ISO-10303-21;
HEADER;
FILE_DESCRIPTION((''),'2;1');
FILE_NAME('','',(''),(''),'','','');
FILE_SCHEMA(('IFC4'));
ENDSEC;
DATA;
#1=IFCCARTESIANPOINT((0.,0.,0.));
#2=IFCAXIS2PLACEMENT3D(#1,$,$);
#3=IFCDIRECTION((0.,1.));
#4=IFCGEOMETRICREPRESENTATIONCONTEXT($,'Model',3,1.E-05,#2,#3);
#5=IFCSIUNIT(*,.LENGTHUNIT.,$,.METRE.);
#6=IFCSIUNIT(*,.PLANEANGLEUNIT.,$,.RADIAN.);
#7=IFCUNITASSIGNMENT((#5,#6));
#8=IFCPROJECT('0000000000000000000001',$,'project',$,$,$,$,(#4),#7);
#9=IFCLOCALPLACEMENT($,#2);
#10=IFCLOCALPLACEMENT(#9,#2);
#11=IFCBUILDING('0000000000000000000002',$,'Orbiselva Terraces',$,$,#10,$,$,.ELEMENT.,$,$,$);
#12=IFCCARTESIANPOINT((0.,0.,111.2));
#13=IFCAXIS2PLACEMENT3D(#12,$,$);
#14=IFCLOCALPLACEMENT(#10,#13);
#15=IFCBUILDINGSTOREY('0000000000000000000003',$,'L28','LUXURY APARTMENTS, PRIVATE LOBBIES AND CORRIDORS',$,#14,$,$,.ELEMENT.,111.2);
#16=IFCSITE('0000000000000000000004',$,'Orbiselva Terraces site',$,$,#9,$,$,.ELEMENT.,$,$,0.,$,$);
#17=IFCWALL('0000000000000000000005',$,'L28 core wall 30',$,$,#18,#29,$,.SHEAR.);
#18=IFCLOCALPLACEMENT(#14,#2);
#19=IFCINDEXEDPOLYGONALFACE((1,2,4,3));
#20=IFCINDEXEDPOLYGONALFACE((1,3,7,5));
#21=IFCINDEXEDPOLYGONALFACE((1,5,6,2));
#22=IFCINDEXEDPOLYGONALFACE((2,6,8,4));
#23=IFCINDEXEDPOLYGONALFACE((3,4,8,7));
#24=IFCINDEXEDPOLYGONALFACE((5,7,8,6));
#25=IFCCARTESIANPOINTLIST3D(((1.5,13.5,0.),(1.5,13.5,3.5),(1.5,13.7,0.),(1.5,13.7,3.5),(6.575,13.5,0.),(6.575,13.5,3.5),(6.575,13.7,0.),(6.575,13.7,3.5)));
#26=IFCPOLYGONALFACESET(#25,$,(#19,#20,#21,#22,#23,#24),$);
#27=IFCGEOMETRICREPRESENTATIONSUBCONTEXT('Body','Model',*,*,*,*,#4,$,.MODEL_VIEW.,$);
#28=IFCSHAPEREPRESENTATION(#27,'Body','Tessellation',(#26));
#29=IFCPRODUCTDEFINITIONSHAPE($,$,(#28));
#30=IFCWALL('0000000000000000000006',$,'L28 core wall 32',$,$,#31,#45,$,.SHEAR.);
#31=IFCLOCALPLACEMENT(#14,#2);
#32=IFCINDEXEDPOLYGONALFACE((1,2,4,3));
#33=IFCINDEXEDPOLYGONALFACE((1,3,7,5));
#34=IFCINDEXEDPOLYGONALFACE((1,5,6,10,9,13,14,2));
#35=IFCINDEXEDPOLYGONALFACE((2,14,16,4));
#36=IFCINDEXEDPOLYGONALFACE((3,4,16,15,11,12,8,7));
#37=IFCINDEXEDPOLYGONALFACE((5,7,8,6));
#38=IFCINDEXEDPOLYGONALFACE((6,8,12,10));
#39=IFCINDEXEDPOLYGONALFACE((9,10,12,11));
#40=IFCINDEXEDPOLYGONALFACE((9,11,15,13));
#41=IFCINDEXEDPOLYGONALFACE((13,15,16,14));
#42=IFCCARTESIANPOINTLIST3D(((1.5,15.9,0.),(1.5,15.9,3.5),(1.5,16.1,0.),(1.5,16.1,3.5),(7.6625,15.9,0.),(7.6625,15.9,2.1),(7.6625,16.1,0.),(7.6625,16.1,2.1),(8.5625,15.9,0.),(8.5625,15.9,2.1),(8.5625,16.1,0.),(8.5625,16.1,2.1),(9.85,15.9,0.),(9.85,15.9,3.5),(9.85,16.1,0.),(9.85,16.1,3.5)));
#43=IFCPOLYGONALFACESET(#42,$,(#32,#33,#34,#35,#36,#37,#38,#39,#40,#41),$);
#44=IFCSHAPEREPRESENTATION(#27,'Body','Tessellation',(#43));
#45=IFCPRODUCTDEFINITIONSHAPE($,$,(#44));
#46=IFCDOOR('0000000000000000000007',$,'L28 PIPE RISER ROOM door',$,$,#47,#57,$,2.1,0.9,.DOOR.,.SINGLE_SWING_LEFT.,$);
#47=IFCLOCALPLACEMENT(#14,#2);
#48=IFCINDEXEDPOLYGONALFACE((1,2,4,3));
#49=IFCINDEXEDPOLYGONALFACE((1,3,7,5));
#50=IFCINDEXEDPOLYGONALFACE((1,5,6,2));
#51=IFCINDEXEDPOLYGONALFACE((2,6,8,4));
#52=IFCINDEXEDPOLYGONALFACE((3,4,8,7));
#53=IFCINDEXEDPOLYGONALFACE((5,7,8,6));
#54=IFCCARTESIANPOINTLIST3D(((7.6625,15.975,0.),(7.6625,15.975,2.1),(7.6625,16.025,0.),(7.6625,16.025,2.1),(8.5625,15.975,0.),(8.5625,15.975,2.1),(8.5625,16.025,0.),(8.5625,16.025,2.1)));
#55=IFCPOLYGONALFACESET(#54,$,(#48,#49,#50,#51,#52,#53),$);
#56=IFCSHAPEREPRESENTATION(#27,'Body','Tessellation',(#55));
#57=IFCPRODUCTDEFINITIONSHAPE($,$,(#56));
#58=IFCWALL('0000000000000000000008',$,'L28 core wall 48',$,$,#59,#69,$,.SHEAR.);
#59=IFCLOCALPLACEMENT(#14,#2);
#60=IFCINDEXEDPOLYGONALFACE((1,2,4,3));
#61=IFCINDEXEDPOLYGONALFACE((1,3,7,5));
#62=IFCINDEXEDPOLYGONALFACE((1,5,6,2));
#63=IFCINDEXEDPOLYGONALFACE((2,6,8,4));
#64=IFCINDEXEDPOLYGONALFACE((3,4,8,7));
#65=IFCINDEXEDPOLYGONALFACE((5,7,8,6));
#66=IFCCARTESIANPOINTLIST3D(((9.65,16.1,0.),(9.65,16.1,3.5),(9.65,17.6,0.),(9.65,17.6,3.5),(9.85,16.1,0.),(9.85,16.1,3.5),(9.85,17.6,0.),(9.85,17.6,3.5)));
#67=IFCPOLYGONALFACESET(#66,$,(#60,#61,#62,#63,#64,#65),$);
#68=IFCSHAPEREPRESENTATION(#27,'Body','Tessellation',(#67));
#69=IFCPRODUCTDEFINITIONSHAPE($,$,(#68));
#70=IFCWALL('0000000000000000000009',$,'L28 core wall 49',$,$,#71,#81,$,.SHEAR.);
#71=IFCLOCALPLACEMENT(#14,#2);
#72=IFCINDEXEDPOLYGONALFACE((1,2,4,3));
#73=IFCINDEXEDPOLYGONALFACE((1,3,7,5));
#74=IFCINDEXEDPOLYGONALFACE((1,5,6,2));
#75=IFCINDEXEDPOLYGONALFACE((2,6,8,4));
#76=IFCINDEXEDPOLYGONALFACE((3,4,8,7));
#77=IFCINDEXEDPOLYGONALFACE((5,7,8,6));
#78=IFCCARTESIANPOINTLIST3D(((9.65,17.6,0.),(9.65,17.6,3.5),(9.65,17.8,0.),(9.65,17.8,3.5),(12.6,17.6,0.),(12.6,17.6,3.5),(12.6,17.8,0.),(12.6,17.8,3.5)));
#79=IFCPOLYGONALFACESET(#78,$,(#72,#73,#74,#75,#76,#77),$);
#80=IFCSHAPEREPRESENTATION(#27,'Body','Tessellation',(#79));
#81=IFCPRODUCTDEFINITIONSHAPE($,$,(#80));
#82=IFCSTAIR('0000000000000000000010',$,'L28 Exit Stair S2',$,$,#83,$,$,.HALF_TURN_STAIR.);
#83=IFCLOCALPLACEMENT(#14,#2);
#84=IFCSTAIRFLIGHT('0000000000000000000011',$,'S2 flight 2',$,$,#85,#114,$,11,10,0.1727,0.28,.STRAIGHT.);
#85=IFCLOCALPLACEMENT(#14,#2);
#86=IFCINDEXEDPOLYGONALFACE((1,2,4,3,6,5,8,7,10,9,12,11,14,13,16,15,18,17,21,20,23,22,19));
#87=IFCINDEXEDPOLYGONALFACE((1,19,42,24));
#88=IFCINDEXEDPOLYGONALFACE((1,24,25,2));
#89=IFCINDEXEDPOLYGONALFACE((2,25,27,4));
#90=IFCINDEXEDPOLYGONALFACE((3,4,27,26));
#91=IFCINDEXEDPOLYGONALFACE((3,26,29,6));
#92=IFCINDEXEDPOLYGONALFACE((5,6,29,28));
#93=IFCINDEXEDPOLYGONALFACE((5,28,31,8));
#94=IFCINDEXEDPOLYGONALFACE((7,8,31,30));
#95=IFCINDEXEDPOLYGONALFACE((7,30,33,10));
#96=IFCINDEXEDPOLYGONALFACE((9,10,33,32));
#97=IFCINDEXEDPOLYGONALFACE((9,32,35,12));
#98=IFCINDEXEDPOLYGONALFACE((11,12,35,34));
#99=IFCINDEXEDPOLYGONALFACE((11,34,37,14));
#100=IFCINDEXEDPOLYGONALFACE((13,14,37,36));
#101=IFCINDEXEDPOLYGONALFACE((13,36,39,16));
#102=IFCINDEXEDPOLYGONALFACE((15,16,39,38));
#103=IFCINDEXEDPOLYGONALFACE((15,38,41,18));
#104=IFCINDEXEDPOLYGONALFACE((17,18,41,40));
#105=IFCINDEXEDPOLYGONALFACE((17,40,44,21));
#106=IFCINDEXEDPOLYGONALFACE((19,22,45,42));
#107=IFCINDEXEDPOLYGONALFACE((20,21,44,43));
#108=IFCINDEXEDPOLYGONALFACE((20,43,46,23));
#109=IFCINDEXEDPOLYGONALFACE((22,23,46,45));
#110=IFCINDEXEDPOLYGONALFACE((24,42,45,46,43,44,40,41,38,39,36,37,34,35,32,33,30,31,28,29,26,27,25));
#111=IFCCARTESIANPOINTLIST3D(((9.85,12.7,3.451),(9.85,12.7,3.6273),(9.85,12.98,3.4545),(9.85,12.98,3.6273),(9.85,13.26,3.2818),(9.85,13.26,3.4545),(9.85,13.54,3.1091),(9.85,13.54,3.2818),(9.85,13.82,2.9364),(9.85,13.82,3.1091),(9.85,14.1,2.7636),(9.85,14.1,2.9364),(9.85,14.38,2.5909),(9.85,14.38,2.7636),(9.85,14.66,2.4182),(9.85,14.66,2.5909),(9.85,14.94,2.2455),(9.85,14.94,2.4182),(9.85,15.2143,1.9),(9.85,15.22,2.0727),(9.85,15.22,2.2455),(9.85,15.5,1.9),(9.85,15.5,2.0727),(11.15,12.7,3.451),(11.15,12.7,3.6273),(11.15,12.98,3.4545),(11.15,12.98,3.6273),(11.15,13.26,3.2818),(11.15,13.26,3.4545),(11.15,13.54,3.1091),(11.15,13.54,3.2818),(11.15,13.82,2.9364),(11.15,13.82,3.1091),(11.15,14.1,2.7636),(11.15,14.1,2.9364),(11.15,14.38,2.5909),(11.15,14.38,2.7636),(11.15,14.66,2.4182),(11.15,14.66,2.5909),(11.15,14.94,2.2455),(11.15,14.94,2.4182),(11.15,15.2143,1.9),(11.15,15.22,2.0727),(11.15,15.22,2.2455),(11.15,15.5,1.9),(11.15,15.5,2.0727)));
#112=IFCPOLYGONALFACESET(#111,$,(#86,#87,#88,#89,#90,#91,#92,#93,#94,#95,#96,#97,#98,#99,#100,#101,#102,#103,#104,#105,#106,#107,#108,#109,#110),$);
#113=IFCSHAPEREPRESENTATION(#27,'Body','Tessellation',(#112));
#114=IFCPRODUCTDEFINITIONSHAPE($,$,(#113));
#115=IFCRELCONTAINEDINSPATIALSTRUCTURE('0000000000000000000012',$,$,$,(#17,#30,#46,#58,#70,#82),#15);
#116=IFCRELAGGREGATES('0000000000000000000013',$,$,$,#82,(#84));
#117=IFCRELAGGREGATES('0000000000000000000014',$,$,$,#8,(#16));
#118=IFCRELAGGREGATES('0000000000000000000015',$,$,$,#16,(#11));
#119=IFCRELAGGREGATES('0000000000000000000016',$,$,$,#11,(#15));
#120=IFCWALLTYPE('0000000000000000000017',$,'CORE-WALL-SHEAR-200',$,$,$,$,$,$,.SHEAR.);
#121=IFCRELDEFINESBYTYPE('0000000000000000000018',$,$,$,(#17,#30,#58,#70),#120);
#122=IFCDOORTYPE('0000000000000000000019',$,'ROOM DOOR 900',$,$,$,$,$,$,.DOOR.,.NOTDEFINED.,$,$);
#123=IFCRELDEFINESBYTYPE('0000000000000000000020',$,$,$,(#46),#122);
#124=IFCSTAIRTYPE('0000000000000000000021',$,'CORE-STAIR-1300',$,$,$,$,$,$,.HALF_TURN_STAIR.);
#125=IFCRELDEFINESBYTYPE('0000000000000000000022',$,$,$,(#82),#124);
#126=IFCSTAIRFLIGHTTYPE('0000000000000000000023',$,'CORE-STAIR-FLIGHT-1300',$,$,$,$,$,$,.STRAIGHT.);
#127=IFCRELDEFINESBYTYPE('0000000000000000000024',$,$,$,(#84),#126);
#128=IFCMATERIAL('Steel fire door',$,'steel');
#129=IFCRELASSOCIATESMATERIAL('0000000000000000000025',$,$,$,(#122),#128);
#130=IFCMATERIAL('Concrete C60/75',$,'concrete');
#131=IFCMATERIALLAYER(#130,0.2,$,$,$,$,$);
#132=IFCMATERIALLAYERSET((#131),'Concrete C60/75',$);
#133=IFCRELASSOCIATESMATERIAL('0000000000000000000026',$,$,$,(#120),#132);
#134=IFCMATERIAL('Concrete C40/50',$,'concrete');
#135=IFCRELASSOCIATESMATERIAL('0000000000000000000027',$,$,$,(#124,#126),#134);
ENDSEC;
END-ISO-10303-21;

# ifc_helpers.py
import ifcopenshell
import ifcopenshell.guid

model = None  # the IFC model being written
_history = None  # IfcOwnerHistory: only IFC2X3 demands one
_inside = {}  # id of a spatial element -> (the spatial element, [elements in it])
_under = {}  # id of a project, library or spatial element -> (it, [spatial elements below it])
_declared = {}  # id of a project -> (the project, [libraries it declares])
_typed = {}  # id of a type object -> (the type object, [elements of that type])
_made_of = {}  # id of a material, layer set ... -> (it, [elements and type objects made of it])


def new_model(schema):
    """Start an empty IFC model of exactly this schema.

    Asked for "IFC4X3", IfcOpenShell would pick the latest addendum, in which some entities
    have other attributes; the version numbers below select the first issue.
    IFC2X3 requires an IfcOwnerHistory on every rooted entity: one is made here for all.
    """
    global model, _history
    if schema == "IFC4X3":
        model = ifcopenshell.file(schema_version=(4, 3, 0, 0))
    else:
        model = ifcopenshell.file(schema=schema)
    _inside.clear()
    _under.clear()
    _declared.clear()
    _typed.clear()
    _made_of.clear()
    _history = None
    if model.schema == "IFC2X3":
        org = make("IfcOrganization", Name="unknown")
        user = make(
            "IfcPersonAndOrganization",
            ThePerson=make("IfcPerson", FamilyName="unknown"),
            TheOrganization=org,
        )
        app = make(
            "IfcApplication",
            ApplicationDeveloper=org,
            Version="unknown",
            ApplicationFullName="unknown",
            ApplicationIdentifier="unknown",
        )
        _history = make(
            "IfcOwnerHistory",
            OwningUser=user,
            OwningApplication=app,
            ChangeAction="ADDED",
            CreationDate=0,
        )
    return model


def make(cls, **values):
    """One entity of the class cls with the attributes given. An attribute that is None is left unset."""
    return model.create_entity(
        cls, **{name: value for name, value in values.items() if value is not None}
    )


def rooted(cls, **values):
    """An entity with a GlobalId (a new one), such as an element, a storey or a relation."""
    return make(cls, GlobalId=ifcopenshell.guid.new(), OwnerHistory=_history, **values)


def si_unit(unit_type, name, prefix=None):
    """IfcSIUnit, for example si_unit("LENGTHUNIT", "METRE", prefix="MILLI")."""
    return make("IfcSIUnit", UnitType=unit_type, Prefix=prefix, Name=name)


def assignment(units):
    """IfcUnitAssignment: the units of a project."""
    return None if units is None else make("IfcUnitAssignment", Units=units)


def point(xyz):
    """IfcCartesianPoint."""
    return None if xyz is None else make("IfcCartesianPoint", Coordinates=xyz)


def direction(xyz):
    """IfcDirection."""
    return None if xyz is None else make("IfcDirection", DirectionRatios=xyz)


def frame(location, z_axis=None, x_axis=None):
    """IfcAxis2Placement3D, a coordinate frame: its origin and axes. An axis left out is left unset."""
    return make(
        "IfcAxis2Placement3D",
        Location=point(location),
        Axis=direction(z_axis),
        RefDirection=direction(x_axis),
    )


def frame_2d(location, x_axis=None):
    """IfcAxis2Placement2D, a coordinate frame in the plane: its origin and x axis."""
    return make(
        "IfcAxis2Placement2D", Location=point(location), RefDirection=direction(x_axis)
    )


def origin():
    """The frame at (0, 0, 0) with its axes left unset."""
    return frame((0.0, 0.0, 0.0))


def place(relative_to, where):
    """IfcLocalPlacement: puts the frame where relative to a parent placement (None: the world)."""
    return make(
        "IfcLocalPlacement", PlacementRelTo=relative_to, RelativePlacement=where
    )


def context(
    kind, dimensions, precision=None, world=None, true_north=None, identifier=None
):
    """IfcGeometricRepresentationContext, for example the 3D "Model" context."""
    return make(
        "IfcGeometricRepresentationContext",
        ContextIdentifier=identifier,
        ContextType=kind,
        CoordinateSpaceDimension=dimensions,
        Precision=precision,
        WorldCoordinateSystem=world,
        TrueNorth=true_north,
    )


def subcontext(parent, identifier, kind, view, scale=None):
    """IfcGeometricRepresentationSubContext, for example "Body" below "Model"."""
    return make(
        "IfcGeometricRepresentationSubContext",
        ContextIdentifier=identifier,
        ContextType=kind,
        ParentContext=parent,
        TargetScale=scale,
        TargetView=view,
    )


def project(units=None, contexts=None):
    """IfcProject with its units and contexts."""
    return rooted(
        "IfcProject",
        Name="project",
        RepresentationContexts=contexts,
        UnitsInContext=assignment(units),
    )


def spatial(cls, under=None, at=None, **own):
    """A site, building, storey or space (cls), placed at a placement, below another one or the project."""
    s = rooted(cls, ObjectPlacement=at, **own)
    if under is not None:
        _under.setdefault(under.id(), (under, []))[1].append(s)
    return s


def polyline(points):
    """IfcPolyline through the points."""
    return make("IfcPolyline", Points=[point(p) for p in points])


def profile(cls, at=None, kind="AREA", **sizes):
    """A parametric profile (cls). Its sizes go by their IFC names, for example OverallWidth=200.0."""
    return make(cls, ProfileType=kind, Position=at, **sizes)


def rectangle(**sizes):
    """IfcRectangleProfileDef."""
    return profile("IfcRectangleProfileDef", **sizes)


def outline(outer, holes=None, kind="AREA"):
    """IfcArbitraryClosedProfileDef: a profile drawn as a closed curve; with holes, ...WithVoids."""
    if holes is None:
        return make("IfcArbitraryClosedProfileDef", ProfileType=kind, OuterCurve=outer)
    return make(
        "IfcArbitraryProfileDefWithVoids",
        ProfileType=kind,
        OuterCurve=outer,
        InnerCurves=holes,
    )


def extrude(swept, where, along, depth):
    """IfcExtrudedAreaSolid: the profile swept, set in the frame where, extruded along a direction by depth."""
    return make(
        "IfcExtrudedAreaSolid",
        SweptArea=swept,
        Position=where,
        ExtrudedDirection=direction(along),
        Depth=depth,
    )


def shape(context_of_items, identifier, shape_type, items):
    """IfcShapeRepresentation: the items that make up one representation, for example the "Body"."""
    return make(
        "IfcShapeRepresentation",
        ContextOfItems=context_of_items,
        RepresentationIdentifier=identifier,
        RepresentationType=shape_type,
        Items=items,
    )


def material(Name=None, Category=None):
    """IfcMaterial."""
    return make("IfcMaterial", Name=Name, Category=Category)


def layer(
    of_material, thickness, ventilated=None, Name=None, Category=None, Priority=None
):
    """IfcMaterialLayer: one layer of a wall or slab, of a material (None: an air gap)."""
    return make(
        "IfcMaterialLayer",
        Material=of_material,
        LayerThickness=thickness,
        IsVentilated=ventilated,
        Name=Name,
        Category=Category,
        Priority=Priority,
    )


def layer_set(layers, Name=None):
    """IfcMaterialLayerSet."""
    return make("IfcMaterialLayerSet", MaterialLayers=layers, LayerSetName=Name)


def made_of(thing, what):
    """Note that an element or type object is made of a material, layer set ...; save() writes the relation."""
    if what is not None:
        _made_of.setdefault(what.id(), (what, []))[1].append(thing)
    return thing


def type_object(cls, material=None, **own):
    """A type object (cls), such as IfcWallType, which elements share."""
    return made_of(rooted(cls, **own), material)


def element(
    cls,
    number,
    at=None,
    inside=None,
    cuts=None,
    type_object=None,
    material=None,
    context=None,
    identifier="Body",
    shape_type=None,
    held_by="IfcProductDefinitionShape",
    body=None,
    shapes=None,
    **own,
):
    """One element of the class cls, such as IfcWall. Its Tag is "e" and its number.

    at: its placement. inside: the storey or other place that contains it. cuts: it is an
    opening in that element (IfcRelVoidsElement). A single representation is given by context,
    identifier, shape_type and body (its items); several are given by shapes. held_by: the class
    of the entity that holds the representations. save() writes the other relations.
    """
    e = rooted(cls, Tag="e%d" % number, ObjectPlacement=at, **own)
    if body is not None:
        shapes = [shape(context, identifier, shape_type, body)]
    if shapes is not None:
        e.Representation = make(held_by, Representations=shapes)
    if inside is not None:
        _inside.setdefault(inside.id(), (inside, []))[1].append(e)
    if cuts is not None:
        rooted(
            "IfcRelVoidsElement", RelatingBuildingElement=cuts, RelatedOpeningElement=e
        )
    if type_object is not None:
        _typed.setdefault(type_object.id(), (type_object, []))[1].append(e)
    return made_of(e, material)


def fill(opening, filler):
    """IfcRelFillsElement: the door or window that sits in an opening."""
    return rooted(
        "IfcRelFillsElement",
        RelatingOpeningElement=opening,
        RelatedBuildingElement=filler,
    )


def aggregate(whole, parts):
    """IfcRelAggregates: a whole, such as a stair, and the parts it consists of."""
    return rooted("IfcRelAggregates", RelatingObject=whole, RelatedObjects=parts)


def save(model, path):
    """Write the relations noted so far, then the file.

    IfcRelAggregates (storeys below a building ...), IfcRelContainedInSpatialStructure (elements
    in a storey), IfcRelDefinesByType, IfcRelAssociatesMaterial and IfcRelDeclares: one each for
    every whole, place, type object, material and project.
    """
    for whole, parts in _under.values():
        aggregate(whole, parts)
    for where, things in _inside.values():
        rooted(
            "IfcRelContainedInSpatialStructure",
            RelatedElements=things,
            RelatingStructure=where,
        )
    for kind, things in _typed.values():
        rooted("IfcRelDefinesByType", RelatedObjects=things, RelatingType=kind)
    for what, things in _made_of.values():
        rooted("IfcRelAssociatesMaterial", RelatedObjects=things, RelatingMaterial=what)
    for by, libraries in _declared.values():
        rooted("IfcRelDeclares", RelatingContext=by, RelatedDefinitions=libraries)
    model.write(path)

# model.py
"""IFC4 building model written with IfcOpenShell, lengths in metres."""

from ifc_helpers import new_model, si_unit, direction, frame, frame_2d, origin, place, context, subcontext, project, spatial, polyline, rectangle, outline, extrude, material, layer, layer_set, type_object, element, fill, aggregate, save


model = new_model("IFC4")

# Units and contexts
model_context = context("Model", 3, precision=1e-05, world=origin(), true_north=direction((0.0, 1.0)))
body_context = subcontext(model_context, "Body", "Model", "MODEL_VIEW")
ifc_project = project(units=[si_unit("LENGTHUNIT", "METRE"), si_unit("PLANEANGLEUNIT", "RADIAN")], contexts=[model_context])

# Site, building, storey
site_placement = place(None, origin())
site = spatial("IfcSite", under=ifc_project, at=site_placement, Name="Orbiselva Terraces site", CompositionType="ELEMENT", RefElevation=0.0)
building_placement = place(site_placement, origin())
building = spatial("IfcBuilding", under=site, at=building_placement, Name="Orbiselva Terraces", CompositionType="ELEMENT")
storey_placement = place(building_placement, frame((0.0, 0.0, 111.2)))
storey = spatial("IfcBuildingStorey", under=building, at=storey_placement, Name="L28", Description="LUXURY APARTMENTS, PRIVATE LOBBIES AND CORRIDORS", CompositionType="ELEMENT", Elevation=111.2)

# Shared definitions
ifc_material_1 = material(Name="Steel fire door", Category="steel")
door_type = type_object("IfcDoorType", Name="ROOM DOOR 900", OperationType="NOTDEFINED", PredefinedType="DOOR", material=ifc_material_1)

# Shared definitions
ifc_material_2 = material(Name="Concrete C40/50", Category="concrete")

# Shared definitions
ifc_material_3 = material(Name="Concrete C60/75", Category="concrete")
ifc_layer_1 = layer(ifc_material_3, 0.2)
ifc_layer_set_1 = layer_set([ifc_layer_1], Name="Concrete C60/75")
wall_type_1 = type_object("IfcWallType", Name="CORE-WALL-SHEAR-200", PredefinedType="SHEAR", material=ifc_layer_set_1)

# Wall
wall_1_placement = place(storey_placement, frame((1.5, 13.6, 0.0), z_axis=(0.0, 0.0, 1.0), x_axis=(1.0, 0.0, 0.0)))
element("IfcWall", 1, at=wall_1_placement, inside=storey, type_object=wall_type_1, Name="L28 core wall 30", PredefinedType="SHEAR", context=body_context, shape_type="SweptSolid", body=[
    extrude(rectangle(XDim=5.075, YDim=0.2, at=frame_2d((2.5375, 0.0))), origin(), (0.0, 0.0, 1.0), 3.5),
])

# Wall, opening, door
wall_2_placement = place(storey_placement, frame((9.85, 16.0, 0.0), z_axis=(0.0, 0.0, 1.0), x_axis=(-1.0, 0.0, 0.0)))
wall_2 = element("IfcWall", 2, at=wall_2_placement, inside=storey, type_object=wall_type_1, Name="L28 core wall 32", PredefinedType="SHEAR", context=body_context, shape_type="SweptSolid", body=[
    extrude(rectangle(XDim=8.35, YDim=0.2, at=frame_2d((4.175, 0.0))), origin(), (0.0, 0.0, 1.0), 3.5),
])
opening_1_placement = place(wall_2_placement, frame((1.2875, 0.0, 0.0)))
opening_1 = element("IfcOpeningElement", 3, at=opening_1_placement, cuts=wall_2, PredefinedType="OPENING", context=body_context, shape_type="SweptSolid", body=[
    extrude(rectangle(XDim=0.9, YDim=2.1, at=frame_2d((0.45, 1.05))), frame((0.0, 0.11, 0.0), z_axis=(0.0, -1.0, 0.0), x_axis=(1.0, 0.0, 0.0)), (0.0, 0.0, 1.0), 0.22),
])
door_1_placement = place(opening_1_placement, origin())
door_1 = element("IfcDoor", 4, at=door_1_placement, inside=storey, type_object=door_type, Name="L28 PIPE RISER ROOM door", OperationType="SINGLE_SWING_LEFT", OverallHeight=2.1, OverallWidth=0.9, PredefinedType="DOOR", context=body_context, shape_type="SweptSolid", body=[
    extrude(rectangle(XDim=0.9, YDim=2.1, at=frame_2d((0.45, 1.05))), frame((0.0, 0.025, 0.0), z_axis=(0.0, -1.0, 0.0), x_axis=(1.0, 0.0, 0.0)), (0.0, 0.0, 1.0), 0.05),
])
fill(opening_1, door_1)

# Walls
wall_3_placement = place(storey_placement, frame((9.75, 16.1, 0.0), z_axis=(0.0, 0.0, 1.0), x_axis=(0.0, 1.0, 0.0)))
element("IfcWall", 5, at=wall_3_placement, inside=storey, type_object=wall_type_1, Name="L28 core wall 48", PredefinedType="SHEAR", context=body_context, shape_type="SweptSolid", body=[
    extrude(rectangle(XDim=1.5, YDim=0.2, at=frame_2d((0.75, 0.0))), origin(), (0.0, 0.0, 1.0), 3.5),
])
wall_4_placement = place(storey_placement, frame((9.65, 17.7, 0.0), z_axis=(0.0, 0.0, 1.0), x_axis=(1.0, 0.0, 0.0)))
element("IfcWall", 6, at=wall_4_placement, inside=storey, type_object=wall_type_1, Name="L28 core wall 49", PredefinedType="SHEAR", context=body_context, shape_type="SweptSolid", body=[
    extrude(rectangle(XDim=2.95, YDim=0.2, at=frame_2d((1.475, 0.0))), origin(), (0.0, 0.0, 1.0), 3.5),
])

# Stair, stair flight
stair_type = type_object("IfcStairType", Name="CORE-STAIR-1300", PredefinedType="HALF_TURN_STAIR", material=ifc_material_2)
stair_placement = place(storey_placement, origin())
stair = element("IfcStair", 7, at=stair_placement, inside=storey, type_object=stair_type, Name="L28 Exit Stair S2", PredefinedType="HALF_TURN_STAIR")
stair_flight_type = type_object("IfcStairFlightType", Name="CORE-STAIR-FLIGHT-1300", PredefinedType="STRAIGHT", material=ifc_material_2)
stair_flight_placement = place(storey_placement, frame((10.5, 15.5, 1.9), z_axis=(0.0, 0.0, 1.0), x_axis=(0.0, -1.0, 0.0)))
stair_flight = element("IfcStairFlight", 8, at=stair_flight_placement, type_object=stair_flight_type, Name="S2 flight 2", NumberOfRisers=11, NumberOfTreads=10, PredefinedType="STRAIGHT", RiserHeight=0.1727, TreadLength=0.28, context=body_context, shape_type="SweptSolid", body=[
    extrude(outline(polyline([(0.0, 0.0), (0.0, 0.1727), (0.28, 0.1727), (0.28, 0.3455), (0.56, 0.3455), (0.56, 0.5182), (0.84, 0.5182), (0.84, 0.6909), (1.12, 0.6909), (1.12, 0.8636), (1.4, 0.8636), (1.4, 1.0364), (1.68, 1.0364), (1.68, 1.2091), (1.96, 1.2091), (1.96, 1.3818), (2.24, 1.3818), (2.24, 1.5545), (2.52, 1.5545), (2.52, 1.7273), (2.8, 1.7273), (2.8, 1.9), (2.8, 1.551), (0.2857, 0.0), (0.0, 0.0)])), frame((0.0, 0.65, 0.0), z_axis=(0.0, -1.0, 0.0), x_axis=(1.0, 0.0, 0.0)), (0.0, 0.0, 1.0), 1.3),
])
aggregate(stair, [stair_flight])

save(model, "model.ifc")
